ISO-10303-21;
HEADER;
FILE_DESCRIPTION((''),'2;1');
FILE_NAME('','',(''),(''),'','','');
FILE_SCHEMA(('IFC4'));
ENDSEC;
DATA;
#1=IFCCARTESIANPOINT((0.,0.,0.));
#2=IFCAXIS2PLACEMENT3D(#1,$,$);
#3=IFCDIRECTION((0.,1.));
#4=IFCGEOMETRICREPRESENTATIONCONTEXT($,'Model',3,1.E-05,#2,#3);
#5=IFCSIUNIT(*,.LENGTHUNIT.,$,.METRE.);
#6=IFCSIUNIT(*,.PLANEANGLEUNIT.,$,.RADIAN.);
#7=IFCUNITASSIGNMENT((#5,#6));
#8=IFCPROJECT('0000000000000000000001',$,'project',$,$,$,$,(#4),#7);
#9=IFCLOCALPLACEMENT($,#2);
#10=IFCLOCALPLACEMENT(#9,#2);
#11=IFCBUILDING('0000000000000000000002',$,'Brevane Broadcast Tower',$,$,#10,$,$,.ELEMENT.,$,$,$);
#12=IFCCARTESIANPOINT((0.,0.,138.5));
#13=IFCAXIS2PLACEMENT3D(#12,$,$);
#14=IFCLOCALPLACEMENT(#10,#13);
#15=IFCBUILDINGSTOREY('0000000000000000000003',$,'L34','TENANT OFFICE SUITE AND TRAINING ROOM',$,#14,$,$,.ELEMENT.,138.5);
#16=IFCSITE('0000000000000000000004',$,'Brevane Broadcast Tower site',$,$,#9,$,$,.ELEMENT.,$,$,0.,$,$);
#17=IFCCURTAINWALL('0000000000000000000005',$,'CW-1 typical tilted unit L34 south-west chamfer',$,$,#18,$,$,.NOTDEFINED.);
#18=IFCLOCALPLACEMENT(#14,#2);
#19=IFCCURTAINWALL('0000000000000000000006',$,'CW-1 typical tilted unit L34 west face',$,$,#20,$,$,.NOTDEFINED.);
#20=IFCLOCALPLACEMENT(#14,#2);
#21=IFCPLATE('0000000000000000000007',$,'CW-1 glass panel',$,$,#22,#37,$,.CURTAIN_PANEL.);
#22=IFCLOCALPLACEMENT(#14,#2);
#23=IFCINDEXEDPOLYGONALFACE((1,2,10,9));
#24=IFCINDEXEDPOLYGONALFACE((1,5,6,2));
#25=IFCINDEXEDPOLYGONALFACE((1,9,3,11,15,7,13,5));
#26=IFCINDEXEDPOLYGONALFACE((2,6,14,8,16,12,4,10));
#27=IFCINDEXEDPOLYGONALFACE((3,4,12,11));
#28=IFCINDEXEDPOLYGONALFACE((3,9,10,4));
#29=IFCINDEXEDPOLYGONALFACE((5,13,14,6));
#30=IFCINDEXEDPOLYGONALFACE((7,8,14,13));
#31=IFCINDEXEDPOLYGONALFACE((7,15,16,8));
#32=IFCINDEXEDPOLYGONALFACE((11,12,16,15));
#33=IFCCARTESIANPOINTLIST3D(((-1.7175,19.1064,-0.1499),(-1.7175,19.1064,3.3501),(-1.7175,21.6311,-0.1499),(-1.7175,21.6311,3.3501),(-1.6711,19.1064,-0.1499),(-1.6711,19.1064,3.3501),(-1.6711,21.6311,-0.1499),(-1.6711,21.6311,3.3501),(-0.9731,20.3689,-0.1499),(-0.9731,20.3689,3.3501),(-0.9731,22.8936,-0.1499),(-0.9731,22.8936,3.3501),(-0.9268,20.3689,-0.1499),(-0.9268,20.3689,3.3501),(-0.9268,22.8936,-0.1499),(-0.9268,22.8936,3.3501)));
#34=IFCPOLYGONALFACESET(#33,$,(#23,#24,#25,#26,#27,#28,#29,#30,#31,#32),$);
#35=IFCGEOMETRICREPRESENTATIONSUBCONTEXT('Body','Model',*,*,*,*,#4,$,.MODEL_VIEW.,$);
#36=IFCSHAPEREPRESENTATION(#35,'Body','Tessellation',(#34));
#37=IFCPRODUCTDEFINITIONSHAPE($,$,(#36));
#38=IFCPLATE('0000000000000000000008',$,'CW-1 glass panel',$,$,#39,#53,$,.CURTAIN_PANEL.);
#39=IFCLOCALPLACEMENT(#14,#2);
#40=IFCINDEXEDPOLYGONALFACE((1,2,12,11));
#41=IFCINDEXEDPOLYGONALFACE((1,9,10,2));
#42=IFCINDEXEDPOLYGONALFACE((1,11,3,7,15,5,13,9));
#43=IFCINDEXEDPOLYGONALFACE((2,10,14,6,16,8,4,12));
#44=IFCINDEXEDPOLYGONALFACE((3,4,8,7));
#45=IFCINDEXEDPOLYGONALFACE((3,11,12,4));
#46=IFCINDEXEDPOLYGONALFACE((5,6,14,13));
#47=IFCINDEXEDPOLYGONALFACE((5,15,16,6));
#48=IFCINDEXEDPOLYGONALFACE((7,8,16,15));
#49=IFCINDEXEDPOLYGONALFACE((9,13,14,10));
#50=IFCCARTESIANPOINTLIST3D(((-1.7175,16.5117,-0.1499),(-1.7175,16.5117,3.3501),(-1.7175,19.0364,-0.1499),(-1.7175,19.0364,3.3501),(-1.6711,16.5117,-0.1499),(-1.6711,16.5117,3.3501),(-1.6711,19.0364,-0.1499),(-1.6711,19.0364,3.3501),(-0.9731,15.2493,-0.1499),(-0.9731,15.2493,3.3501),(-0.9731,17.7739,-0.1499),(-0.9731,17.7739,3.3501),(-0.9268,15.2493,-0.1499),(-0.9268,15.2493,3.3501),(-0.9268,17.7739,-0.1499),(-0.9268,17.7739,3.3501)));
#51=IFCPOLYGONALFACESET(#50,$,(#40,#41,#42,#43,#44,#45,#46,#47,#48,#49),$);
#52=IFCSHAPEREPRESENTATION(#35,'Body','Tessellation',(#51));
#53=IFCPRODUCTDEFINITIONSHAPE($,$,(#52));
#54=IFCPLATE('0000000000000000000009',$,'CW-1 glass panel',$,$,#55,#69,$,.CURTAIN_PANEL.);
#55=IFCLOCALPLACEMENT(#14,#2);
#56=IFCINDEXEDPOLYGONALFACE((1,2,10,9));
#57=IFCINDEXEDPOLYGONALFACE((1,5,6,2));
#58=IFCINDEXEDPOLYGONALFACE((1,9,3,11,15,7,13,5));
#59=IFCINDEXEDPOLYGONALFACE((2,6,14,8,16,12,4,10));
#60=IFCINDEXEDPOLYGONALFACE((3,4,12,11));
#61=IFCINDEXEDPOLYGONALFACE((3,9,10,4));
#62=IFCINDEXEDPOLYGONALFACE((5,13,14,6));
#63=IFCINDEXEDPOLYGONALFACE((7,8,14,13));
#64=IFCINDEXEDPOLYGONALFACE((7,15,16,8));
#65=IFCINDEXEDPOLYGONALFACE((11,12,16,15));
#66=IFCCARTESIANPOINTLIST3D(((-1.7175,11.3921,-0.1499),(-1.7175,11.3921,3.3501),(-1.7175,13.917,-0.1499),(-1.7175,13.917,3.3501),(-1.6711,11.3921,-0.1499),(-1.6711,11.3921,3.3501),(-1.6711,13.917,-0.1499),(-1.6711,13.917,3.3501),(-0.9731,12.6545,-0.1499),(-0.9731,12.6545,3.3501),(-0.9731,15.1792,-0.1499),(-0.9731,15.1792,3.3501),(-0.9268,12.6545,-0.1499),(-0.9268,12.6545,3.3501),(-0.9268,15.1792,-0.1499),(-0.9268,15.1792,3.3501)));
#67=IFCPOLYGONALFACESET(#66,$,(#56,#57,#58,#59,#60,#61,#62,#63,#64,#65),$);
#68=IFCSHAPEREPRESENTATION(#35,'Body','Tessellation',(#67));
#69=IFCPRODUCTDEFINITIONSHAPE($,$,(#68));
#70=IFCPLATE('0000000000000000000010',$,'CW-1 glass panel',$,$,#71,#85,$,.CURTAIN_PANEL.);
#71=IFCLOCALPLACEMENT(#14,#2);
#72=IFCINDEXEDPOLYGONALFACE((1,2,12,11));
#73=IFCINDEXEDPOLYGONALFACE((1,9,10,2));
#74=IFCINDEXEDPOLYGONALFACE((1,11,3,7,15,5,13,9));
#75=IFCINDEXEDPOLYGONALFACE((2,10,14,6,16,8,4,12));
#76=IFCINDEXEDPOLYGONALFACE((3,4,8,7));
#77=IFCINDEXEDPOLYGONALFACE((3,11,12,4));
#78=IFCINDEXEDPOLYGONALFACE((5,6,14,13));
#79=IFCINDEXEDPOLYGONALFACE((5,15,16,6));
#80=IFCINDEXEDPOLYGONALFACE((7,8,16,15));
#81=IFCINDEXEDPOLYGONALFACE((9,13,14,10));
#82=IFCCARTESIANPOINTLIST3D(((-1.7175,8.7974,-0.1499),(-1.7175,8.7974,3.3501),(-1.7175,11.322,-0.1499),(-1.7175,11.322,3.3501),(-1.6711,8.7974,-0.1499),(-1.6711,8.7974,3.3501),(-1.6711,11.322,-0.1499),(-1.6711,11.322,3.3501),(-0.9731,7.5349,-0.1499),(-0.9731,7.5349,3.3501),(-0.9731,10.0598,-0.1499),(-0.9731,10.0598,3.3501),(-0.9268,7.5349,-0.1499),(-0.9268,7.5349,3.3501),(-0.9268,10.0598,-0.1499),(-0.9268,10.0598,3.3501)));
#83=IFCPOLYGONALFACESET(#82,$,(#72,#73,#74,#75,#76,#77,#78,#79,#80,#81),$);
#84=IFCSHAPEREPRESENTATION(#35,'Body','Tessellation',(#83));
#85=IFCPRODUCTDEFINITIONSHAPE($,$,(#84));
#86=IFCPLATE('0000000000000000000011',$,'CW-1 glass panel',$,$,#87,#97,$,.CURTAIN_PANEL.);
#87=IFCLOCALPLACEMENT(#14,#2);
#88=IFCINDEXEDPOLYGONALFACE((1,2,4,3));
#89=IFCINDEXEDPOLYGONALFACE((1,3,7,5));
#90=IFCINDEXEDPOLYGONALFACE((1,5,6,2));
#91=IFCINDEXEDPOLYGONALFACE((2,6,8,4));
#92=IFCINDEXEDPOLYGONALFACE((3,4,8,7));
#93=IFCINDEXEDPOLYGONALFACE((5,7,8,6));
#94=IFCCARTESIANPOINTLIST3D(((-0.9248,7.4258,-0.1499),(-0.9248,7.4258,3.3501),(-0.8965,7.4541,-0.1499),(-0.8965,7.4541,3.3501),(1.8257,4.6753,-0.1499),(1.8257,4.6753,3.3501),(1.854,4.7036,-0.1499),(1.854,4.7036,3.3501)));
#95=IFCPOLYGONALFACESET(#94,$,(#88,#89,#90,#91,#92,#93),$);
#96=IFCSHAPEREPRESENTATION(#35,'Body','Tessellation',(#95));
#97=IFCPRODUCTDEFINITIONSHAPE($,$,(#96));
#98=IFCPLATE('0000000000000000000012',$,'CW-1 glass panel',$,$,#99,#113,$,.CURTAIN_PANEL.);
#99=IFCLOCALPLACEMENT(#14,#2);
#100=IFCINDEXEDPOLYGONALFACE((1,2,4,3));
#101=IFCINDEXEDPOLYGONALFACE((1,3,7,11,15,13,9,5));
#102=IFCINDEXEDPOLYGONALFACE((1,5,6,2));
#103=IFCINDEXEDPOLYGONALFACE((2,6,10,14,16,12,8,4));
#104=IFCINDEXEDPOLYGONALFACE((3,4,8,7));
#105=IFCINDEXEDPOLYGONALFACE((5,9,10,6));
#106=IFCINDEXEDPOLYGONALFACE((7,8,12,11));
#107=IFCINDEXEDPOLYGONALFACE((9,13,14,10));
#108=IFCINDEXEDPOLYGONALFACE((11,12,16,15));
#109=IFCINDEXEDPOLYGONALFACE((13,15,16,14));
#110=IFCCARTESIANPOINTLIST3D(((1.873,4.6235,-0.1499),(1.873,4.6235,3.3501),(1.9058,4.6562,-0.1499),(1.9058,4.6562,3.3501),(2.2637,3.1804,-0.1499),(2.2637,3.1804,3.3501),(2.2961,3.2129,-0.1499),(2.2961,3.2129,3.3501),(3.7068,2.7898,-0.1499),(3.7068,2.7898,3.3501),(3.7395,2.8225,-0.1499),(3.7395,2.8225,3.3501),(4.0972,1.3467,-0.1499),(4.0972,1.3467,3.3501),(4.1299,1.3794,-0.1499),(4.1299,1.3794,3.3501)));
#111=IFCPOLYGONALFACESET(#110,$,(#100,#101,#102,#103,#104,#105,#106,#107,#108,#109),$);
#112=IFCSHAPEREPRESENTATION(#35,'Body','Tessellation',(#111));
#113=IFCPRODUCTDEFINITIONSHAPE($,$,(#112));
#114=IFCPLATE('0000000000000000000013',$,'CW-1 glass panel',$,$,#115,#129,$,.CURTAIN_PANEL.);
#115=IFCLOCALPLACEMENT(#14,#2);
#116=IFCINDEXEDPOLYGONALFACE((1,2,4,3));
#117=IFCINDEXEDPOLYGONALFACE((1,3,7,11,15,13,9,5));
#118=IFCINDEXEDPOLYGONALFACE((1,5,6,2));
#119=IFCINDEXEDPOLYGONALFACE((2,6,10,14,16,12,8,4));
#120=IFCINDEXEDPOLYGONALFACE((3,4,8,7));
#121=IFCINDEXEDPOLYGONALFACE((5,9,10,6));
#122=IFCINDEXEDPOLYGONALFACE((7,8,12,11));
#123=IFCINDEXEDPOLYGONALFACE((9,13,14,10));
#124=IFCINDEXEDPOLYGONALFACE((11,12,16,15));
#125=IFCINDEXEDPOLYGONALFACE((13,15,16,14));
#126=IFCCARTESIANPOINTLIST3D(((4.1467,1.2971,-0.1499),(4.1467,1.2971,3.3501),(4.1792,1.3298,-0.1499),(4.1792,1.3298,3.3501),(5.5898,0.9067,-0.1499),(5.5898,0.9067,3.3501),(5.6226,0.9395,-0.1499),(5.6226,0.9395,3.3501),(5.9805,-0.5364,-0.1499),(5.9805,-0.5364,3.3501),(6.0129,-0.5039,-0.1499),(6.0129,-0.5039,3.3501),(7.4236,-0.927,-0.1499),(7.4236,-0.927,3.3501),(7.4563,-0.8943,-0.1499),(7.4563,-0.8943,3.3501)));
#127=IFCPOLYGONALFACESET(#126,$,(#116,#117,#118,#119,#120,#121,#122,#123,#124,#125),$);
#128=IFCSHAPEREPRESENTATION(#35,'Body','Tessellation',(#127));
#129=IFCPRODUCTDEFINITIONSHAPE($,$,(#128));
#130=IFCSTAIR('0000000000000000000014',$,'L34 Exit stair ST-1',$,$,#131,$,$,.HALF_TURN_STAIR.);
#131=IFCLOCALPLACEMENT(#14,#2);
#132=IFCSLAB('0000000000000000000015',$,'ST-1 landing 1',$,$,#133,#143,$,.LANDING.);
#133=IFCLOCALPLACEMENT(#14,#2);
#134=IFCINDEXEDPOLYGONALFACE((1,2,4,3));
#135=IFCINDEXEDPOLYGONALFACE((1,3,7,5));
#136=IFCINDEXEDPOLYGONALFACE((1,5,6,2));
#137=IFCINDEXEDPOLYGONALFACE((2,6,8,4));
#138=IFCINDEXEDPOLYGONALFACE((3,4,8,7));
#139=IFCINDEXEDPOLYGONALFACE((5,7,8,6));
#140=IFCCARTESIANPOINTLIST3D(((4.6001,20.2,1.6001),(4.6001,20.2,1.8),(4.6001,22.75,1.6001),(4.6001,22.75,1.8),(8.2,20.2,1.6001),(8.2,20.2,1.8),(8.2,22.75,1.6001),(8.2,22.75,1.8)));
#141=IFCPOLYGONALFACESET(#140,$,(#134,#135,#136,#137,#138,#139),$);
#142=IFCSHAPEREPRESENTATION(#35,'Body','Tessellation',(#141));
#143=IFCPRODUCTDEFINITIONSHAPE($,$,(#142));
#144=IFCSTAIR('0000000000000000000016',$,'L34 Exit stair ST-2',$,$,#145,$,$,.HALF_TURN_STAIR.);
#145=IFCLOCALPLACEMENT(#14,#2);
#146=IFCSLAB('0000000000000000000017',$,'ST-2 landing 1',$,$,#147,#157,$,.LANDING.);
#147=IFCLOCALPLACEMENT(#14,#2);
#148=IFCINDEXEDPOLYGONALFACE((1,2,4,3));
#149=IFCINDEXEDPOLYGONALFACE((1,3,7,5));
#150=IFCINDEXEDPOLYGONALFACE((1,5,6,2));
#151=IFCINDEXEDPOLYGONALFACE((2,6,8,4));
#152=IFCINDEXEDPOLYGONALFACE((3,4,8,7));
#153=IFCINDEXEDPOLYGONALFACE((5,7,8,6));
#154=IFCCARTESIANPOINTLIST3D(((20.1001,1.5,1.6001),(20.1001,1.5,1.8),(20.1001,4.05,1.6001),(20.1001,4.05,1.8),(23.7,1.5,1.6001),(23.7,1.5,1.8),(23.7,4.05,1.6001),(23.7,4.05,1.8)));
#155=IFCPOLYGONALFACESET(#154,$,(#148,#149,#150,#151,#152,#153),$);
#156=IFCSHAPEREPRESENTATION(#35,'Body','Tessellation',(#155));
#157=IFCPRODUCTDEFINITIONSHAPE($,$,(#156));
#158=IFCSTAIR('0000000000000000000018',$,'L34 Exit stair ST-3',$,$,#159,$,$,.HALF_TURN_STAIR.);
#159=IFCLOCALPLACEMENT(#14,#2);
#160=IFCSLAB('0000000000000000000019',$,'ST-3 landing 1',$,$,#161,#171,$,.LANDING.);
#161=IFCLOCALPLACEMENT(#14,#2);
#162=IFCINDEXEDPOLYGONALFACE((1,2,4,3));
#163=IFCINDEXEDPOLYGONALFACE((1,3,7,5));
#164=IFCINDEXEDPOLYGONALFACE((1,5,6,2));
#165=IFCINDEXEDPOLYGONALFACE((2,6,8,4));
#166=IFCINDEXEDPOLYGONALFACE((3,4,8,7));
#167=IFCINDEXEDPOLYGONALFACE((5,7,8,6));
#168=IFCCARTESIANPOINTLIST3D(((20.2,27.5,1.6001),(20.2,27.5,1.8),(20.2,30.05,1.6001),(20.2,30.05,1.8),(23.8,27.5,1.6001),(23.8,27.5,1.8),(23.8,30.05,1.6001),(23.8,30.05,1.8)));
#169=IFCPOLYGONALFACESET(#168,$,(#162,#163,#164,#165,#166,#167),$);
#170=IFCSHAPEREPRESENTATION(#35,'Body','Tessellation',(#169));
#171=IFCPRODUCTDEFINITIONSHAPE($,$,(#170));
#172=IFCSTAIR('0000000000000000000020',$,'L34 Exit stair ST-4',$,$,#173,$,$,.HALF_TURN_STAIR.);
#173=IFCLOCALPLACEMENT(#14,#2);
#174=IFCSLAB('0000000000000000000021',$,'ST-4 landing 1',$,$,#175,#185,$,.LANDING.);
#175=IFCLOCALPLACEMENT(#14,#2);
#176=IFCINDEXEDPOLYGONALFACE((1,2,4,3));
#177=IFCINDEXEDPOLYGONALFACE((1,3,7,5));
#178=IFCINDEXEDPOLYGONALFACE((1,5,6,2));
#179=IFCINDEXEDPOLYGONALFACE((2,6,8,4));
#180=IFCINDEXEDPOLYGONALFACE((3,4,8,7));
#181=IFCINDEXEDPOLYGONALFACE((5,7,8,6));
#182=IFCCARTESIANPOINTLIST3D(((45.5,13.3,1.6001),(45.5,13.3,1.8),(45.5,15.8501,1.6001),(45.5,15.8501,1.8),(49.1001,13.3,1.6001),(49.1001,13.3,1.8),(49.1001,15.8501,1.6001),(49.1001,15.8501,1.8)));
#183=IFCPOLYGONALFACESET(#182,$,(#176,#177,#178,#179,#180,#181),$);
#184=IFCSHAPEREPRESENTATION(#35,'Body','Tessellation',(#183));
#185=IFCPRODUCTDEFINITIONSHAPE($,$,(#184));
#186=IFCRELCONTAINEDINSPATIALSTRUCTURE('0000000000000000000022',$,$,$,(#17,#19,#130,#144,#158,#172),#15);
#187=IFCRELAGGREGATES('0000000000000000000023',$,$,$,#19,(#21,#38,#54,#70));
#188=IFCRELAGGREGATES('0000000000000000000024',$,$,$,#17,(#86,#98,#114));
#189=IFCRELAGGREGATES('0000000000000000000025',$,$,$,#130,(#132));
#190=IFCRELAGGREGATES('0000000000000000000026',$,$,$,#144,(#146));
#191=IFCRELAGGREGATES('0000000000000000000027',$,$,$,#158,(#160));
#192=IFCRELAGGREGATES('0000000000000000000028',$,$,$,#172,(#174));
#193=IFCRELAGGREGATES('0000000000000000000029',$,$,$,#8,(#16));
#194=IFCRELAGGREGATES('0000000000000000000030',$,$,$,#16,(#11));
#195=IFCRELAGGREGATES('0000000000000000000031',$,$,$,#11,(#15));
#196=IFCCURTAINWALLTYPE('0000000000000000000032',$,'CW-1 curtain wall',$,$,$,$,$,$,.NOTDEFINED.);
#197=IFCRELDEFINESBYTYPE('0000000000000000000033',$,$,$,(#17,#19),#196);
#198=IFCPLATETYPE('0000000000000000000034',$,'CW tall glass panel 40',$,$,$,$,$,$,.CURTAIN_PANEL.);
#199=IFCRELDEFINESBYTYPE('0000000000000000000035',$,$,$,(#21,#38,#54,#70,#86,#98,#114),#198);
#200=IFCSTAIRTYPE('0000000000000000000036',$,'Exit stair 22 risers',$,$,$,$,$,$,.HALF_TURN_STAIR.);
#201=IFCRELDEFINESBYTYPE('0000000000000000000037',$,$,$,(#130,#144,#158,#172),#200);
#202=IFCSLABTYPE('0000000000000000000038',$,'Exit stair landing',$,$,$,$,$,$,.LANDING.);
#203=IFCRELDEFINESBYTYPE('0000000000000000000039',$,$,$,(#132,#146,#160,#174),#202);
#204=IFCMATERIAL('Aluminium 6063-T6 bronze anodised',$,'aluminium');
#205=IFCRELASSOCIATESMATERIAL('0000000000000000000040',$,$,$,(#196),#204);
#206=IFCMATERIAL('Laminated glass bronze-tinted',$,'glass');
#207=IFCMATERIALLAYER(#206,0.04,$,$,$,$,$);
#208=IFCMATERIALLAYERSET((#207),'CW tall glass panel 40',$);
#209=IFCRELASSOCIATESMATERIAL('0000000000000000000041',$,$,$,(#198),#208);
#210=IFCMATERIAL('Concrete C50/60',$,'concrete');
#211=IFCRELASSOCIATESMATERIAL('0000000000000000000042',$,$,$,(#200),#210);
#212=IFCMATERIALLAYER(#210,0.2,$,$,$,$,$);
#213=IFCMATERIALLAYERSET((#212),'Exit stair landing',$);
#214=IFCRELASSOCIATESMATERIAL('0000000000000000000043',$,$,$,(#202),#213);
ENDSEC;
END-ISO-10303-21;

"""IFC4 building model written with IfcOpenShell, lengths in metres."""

from ifc_helpers import new_model, si_unit, direction, frame, origin, place, context, subcontext, project, spatial, polyline, outline, extrude, material, layer, layer_set, type_object, element, aggregate, save


model = new_model("IFC4")

# Units and contexts
model_context = context("Model", 3, precision=1e-05, world=origin(), true_north=direction((0.0, 1.0)))
body_context = subcontext(model_context, "Body", "Model", "MODEL_VIEW")
ifc_project = project(units=[si_unit("LENGTHUNIT", "METRE"), si_unit("PLANEANGLEUNIT", "RADIAN")], contexts=[model_context])

# Site, building, storey
site_placement = place(None, origin())
site = spatial("IfcSite", under=ifc_project, at=site_placement, Name="Brevane Broadcast Tower site", CompositionType="ELEMENT", RefElevation=0.0)
building_placement = place(site_placement, origin())
building = spatial("IfcBuilding", under=site, at=building_placement, Name="Brevane Broadcast Tower", CompositionType="ELEMENT")
storey_placement = place(building_placement, frame((0.0, 0.0, 138.5)))
storey = spatial("IfcBuildingStorey", under=building, at=storey_placement, Name="L34", Description="TENANT OFFICE SUITE AND TRAINING ROOM", CompositionType="ELEMENT", Elevation=138.5)

# Curtain wall
ifc_material_1 = material(Name="Aluminium 6063-T6 bronze anodised", Category="aluminium")
curtain_wall_type = type_object("IfcCurtainWallType", Name="CW-1 curtain wall", PredefinedType="NOTDEFINED", material=ifc_material_1)
curtain_wall_1_placement = place(storey_placement, origin())
curtain_wall_1 = element("IfcCurtainWall", 1, at=curtain_wall_1_placement, inside=storey, type_object=curtain_wall_type, Name="CW-1 typical tilted unit L34 south-west chamfer", PredefinedType="NOTDEFINED")

# Shared definitions
ifc_material_2 = material(Name="Laminated glass bronze-tinted", Category="glass")
ifc_layer_1 = layer(ifc_material_2, 0.04)
ifc_layer_set_1 = layer_set([ifc_layer_1], Name="CW tall glass panel 40")
plate_type = type_object("IfcPlateType", Name="CW tall glass panel 40", PredefinedType="CURTAIN_PANEL", material=ifc_layer_set_1)

# Curtain wall, plates
curtain_wall_2_placement = place(storey_placement, origin())
curtain_wall_2 = element("IfcCurtainWall", 2, at=curtain_wall_2_placement, inside=storey, type_object=curtain_wall_type, Name="CW-1 typical tilted unit L34 west face", PredefinedType="NOTDEFINED")
plate_1_placement = place(storey_placement, frame((0.0, 0.0, -0.1499)))
plate_1 = element("IfcPlate", 3, at=plate_1_placement, type_object=plate_type, Name="CW-1 glass panel", PredefinedType="CURTAIN_PANEL", context=body_context, shape_type="SweptSolid", body=[
    extrude(outline(polyline([(-0.9268, 22.8936), (-0.9731, 22.8936), (-1.7175, 21.6311), (-0.9731, 20.3689), (-1.7175, 19.1064), (-1.6711, 19.1064), (-0.9268, 20.3689), (-1.6711, 21.6311), (-0.9268, 22.8936)])), origin(), (0.0, 0.0, 1.0), 3.5),
])
plate_2_placement = place(storey_placement, frame((0.0, 0.0, -0.1499)))
plate_2 = element("IfcPlate", 4, at=plate_2_placement, type_object=plate_type, Name="CW-1 glass panel", PredefinedType="CURTAIN_PANEL", context=body_context, shape_type="SweptSolid", body=[
    extrude(outline(polyline([(-1.6711, 19.0364), (-1.7175, 19.0364), (-0.9731, 17.7739), (-1.7175, 16.5117), (-0.9731, 15.2493), (-0.9268, 15.2493), (-1.6711, 16.5117), (-0.9268, 17.7739), (-1.6711, 19.0364)])), origin(), (0.0, 0.0, 1.0), 3.5),
])
plate_3_placement = place(storey_placement, frame((0.0, 0.0, -0.1499)))
plate_3 = element("IfcPlate", 5, at=plate_3_placement, type_object=plate_type, Name="CW-1 glass panel", PredefinedType="CURTAIN_PANEL", context=body_context, shape_type="SweptSolid", body=[
    extrude(outline(polyline([(-0.9268, 15.1792), (-0.9731, 15.1792), (-1.7175, 13.917), (-0.9731, 12.6545), (-1.7175, 11.3921), (-1.6711, 11.3921), (-0.9268, 12.6545), (-1.6711, 13.917), (-0.9268, 15.1792)])), origin(), (0.0, 0.0, 1.0), 3.5),
])
plate_4_placement = place(storey_placement, frame((0.0, 0.0, -0.1499)))
plate_4 = element("IfcPlate", 6, at=plate_4_placement, type_object=plate_type, Name="CW-1 glass panel", PredefinedType="CURTAIN_PANEL", context=body_context, shape_type="SweptSolid", body=[
    extrude(outline(polyline([(-1.6711, 11.322), (-1.7175, 11.322), (-0.9731, 10.0598), (-1.7175, 8.7974), (-0.9731, 7.5349), (-0.9268, 7.5349), (-1.6711, 8.7974), (-0.9268, 10.0598), (-1.6711, 11.322)])), origin(), (0.0, 0.0, 1.0), 3.5),
])
aggregate(curtain_wall_2, [plate_1, plate_2, plate_3, plate_4])

# Plates
plate_5_placement = place(storey_placement, frame((0.0, 0.0, -0.1499)))
plate_5 = element("IfcPlate", 7, at=plate_5_placement, type_object=plate_type, Name="CW-1 glass panel", PredefinedType="CURTAIN_PANEL", context=body_context, shape_type="SweptSolid", body=[
    extrude(outline(polyline([(-0.8965, 7.4541), (1.854, 4.7036), (1.8257, 4.6753), (-0.9248, 7.4258), (-0.8965, 7.4541)])), origin(), (0.0, 0.0, 1.0), 3.5),
])
plate_6_placement = place(storey_placement, frame((0.0, 0.0, -0.1499)))
plate_6 = element("IfcPlate", 8, at=plate_6_placement, type_object=plate_type, Name="CW-1 glass panel", PredefinedType="CURTAIN_PANEL", context=body_context, shape_type="SweptSolid", body=[
    extrude(outline(polyline([(1.9058, 4.6562), (1.873, 4.6235), (2.2637, 3.1804), (3.7068, 2.7898), (4.0972, 1.3467), (4.1299, 1.3794), (3.7395, 2.8225), (2.2961, 3.2129), (1.9058, 4.6562)])), origin(), (0.0, 0.0, 1.0), 3.5),
])
plate_7_placement = place(storey_placement, frame((0.0, 0.0, -0.1499)))
plate_7 = element("IfcPlate", 9, at=plate_7_placement, type_object=plate_type, Name="CW-1 glass panel", PredefinedType="CURTAIN_PANEL", context=body_context, shape_type="SweptSolid", body=[
    extrude(outline(polyline([(4.1792, 1.3298), (4.1467, 1.2971), (5.5898, 0.9067), (5.9805, -0.5364), (7.4236, -0.927), (7.4563, -0.8943), (6.0129, -0.5039), (5.6226, 0.9395), (4.1792, 1.3298)])), origin(), (0.0, 0.0, 1.0), 3.5),
])
aggregate(curtain_wall_1, [plate_5, plate_6, plate_7])

# Stairs, slabs
ifc_material_3 = material(Name="Concrete C50/60", Category="concrete")
stair_type = type_object("IfcStairType", Name="Exit stair 22 risers", PredefinedType="HALF_TURN_STAIR", material=ifc_material_3)
stair_1_placement = place(storey_placement, origin())
stair_1 = element("IfcStair", 10, at=stair_1_placement, inside=storey, type_object=stair_type, Name="L34 Exit stair ST-1", PredefinedType="HALF_TURN_STAIR")
ifc_layer_2 = layer(ifc_material_3, 0.2)
ifc_layer_set_2 = layer_set([ifc_layer_2], Name="Exit stair landing")
slab_type_1 = type_object("IfcSlabType", Name="Exit stair landing", PredefinedType="LANDING", material=ifc_layer_set_2)
slab_1_placement = place(storey_placement, frame((0.0, 0.0, 1.6001)))
slab_1 = element("IfcSlab", 11, at=slab_1_placement, type_object=slab_type_1, Name="ST-1 landing 1", PredefinedType="LANDING", context=body_context, shape_type="SweptSolid", body=[
    extrude(outline(polyline([(4.6001, 20.2), (8.2, 20.2), (8.2, 22.75), (4.6001, 22.75), (4.6001, 20.2)])), origin(), (0.0, 0.0, 1.0), 0.2),
])
aggregate(stair_1, [slab_1])
stair_2_placement = place(storey_placement, origin())
stair_2 = element("IfcStair", 12, at=stair_2_placement, inside=storey, type_object=stair_type, Name="L34 Exit stair ST-2", PredefinedType="HALF_TURN_STAIR")
slab_2_placement = place(storey_placement, frame((0.0, 0.0, 1.6001)))
slab_2 = element("IfcSlab", 13, at=slab_2_placement, type_object=slab_type_1, Name="ST-2 landing 1", PredefinedType="LANDING", context=body_context, shape_type="SweptSolid", body=[
    extrude(outline(polyline([(20.1001, 1.5), (23.7, 1.5), (23.7, 4.05), (20.1001, 4.05), (20.1001, 1.5)])), origin(), (0.0, 0.0, 1.0), 0.2),
])
aggregate(stair_2, [slab_2])
stair_3_placement = place(storey_placement, origin())
stair_3 = element("IfcStair", 14, at=stair_3_placement, inside=storey, type_object=stair_type, Name="L34 Exit stair ST-3", PredefinedType="HALF_TURN_STAIR")
slab_3_placement = place(storey_placement, frame((0.0, 0.0, 1.6001)))
slab_3 = element("IfcSlab", 15, at=slab_3_placement, type_object=slab_type_1, Name="ST-3 landing 1", PredefinedType="LANDING", context=body_context, shape_type="SweptSolid", body=[
    extrude(outline(polyline([(20.2, 27.5), (23.8, 27.5), (23.8, 30.05), (20.2, 30.05), (20.2, 27.5)])), origin(), (0.0, 0.0, 1.0), 0.2),
])
aggregate(stair_3, [slab_3])
stair_4_placement = place(storey_placement, origin())
stair_4 = element("IfcStair", 16, at=stair_4_placement, inside=storey, type_object=stair_type, Name="L34 Exit stair ST-4", PredefinedType="HALF_TURN_STAIR")
slab_4_placement = place(storey_placement, frame((0.0, 0.0, 1.6001)))
slab_4 = element("IfcSlab", 17, at=slab_4_placement, type_object=slab_type_1, Name="ST-4 landing 1", PredefinedType="LANDING", context=body_context, shape_type="SweptSolid", body=[
    extrude(outline(polyline([(45.5, 13.3), (49.1001, 13.3), (49.1001, 15.8501), (45.5, 15.8501), (45.5, 13.3)])), origin(), (0.0, 0.0, 1.0), 0.2),
])
aggregate(stair_4, [slab_4])

save(model, "model.ifc")
